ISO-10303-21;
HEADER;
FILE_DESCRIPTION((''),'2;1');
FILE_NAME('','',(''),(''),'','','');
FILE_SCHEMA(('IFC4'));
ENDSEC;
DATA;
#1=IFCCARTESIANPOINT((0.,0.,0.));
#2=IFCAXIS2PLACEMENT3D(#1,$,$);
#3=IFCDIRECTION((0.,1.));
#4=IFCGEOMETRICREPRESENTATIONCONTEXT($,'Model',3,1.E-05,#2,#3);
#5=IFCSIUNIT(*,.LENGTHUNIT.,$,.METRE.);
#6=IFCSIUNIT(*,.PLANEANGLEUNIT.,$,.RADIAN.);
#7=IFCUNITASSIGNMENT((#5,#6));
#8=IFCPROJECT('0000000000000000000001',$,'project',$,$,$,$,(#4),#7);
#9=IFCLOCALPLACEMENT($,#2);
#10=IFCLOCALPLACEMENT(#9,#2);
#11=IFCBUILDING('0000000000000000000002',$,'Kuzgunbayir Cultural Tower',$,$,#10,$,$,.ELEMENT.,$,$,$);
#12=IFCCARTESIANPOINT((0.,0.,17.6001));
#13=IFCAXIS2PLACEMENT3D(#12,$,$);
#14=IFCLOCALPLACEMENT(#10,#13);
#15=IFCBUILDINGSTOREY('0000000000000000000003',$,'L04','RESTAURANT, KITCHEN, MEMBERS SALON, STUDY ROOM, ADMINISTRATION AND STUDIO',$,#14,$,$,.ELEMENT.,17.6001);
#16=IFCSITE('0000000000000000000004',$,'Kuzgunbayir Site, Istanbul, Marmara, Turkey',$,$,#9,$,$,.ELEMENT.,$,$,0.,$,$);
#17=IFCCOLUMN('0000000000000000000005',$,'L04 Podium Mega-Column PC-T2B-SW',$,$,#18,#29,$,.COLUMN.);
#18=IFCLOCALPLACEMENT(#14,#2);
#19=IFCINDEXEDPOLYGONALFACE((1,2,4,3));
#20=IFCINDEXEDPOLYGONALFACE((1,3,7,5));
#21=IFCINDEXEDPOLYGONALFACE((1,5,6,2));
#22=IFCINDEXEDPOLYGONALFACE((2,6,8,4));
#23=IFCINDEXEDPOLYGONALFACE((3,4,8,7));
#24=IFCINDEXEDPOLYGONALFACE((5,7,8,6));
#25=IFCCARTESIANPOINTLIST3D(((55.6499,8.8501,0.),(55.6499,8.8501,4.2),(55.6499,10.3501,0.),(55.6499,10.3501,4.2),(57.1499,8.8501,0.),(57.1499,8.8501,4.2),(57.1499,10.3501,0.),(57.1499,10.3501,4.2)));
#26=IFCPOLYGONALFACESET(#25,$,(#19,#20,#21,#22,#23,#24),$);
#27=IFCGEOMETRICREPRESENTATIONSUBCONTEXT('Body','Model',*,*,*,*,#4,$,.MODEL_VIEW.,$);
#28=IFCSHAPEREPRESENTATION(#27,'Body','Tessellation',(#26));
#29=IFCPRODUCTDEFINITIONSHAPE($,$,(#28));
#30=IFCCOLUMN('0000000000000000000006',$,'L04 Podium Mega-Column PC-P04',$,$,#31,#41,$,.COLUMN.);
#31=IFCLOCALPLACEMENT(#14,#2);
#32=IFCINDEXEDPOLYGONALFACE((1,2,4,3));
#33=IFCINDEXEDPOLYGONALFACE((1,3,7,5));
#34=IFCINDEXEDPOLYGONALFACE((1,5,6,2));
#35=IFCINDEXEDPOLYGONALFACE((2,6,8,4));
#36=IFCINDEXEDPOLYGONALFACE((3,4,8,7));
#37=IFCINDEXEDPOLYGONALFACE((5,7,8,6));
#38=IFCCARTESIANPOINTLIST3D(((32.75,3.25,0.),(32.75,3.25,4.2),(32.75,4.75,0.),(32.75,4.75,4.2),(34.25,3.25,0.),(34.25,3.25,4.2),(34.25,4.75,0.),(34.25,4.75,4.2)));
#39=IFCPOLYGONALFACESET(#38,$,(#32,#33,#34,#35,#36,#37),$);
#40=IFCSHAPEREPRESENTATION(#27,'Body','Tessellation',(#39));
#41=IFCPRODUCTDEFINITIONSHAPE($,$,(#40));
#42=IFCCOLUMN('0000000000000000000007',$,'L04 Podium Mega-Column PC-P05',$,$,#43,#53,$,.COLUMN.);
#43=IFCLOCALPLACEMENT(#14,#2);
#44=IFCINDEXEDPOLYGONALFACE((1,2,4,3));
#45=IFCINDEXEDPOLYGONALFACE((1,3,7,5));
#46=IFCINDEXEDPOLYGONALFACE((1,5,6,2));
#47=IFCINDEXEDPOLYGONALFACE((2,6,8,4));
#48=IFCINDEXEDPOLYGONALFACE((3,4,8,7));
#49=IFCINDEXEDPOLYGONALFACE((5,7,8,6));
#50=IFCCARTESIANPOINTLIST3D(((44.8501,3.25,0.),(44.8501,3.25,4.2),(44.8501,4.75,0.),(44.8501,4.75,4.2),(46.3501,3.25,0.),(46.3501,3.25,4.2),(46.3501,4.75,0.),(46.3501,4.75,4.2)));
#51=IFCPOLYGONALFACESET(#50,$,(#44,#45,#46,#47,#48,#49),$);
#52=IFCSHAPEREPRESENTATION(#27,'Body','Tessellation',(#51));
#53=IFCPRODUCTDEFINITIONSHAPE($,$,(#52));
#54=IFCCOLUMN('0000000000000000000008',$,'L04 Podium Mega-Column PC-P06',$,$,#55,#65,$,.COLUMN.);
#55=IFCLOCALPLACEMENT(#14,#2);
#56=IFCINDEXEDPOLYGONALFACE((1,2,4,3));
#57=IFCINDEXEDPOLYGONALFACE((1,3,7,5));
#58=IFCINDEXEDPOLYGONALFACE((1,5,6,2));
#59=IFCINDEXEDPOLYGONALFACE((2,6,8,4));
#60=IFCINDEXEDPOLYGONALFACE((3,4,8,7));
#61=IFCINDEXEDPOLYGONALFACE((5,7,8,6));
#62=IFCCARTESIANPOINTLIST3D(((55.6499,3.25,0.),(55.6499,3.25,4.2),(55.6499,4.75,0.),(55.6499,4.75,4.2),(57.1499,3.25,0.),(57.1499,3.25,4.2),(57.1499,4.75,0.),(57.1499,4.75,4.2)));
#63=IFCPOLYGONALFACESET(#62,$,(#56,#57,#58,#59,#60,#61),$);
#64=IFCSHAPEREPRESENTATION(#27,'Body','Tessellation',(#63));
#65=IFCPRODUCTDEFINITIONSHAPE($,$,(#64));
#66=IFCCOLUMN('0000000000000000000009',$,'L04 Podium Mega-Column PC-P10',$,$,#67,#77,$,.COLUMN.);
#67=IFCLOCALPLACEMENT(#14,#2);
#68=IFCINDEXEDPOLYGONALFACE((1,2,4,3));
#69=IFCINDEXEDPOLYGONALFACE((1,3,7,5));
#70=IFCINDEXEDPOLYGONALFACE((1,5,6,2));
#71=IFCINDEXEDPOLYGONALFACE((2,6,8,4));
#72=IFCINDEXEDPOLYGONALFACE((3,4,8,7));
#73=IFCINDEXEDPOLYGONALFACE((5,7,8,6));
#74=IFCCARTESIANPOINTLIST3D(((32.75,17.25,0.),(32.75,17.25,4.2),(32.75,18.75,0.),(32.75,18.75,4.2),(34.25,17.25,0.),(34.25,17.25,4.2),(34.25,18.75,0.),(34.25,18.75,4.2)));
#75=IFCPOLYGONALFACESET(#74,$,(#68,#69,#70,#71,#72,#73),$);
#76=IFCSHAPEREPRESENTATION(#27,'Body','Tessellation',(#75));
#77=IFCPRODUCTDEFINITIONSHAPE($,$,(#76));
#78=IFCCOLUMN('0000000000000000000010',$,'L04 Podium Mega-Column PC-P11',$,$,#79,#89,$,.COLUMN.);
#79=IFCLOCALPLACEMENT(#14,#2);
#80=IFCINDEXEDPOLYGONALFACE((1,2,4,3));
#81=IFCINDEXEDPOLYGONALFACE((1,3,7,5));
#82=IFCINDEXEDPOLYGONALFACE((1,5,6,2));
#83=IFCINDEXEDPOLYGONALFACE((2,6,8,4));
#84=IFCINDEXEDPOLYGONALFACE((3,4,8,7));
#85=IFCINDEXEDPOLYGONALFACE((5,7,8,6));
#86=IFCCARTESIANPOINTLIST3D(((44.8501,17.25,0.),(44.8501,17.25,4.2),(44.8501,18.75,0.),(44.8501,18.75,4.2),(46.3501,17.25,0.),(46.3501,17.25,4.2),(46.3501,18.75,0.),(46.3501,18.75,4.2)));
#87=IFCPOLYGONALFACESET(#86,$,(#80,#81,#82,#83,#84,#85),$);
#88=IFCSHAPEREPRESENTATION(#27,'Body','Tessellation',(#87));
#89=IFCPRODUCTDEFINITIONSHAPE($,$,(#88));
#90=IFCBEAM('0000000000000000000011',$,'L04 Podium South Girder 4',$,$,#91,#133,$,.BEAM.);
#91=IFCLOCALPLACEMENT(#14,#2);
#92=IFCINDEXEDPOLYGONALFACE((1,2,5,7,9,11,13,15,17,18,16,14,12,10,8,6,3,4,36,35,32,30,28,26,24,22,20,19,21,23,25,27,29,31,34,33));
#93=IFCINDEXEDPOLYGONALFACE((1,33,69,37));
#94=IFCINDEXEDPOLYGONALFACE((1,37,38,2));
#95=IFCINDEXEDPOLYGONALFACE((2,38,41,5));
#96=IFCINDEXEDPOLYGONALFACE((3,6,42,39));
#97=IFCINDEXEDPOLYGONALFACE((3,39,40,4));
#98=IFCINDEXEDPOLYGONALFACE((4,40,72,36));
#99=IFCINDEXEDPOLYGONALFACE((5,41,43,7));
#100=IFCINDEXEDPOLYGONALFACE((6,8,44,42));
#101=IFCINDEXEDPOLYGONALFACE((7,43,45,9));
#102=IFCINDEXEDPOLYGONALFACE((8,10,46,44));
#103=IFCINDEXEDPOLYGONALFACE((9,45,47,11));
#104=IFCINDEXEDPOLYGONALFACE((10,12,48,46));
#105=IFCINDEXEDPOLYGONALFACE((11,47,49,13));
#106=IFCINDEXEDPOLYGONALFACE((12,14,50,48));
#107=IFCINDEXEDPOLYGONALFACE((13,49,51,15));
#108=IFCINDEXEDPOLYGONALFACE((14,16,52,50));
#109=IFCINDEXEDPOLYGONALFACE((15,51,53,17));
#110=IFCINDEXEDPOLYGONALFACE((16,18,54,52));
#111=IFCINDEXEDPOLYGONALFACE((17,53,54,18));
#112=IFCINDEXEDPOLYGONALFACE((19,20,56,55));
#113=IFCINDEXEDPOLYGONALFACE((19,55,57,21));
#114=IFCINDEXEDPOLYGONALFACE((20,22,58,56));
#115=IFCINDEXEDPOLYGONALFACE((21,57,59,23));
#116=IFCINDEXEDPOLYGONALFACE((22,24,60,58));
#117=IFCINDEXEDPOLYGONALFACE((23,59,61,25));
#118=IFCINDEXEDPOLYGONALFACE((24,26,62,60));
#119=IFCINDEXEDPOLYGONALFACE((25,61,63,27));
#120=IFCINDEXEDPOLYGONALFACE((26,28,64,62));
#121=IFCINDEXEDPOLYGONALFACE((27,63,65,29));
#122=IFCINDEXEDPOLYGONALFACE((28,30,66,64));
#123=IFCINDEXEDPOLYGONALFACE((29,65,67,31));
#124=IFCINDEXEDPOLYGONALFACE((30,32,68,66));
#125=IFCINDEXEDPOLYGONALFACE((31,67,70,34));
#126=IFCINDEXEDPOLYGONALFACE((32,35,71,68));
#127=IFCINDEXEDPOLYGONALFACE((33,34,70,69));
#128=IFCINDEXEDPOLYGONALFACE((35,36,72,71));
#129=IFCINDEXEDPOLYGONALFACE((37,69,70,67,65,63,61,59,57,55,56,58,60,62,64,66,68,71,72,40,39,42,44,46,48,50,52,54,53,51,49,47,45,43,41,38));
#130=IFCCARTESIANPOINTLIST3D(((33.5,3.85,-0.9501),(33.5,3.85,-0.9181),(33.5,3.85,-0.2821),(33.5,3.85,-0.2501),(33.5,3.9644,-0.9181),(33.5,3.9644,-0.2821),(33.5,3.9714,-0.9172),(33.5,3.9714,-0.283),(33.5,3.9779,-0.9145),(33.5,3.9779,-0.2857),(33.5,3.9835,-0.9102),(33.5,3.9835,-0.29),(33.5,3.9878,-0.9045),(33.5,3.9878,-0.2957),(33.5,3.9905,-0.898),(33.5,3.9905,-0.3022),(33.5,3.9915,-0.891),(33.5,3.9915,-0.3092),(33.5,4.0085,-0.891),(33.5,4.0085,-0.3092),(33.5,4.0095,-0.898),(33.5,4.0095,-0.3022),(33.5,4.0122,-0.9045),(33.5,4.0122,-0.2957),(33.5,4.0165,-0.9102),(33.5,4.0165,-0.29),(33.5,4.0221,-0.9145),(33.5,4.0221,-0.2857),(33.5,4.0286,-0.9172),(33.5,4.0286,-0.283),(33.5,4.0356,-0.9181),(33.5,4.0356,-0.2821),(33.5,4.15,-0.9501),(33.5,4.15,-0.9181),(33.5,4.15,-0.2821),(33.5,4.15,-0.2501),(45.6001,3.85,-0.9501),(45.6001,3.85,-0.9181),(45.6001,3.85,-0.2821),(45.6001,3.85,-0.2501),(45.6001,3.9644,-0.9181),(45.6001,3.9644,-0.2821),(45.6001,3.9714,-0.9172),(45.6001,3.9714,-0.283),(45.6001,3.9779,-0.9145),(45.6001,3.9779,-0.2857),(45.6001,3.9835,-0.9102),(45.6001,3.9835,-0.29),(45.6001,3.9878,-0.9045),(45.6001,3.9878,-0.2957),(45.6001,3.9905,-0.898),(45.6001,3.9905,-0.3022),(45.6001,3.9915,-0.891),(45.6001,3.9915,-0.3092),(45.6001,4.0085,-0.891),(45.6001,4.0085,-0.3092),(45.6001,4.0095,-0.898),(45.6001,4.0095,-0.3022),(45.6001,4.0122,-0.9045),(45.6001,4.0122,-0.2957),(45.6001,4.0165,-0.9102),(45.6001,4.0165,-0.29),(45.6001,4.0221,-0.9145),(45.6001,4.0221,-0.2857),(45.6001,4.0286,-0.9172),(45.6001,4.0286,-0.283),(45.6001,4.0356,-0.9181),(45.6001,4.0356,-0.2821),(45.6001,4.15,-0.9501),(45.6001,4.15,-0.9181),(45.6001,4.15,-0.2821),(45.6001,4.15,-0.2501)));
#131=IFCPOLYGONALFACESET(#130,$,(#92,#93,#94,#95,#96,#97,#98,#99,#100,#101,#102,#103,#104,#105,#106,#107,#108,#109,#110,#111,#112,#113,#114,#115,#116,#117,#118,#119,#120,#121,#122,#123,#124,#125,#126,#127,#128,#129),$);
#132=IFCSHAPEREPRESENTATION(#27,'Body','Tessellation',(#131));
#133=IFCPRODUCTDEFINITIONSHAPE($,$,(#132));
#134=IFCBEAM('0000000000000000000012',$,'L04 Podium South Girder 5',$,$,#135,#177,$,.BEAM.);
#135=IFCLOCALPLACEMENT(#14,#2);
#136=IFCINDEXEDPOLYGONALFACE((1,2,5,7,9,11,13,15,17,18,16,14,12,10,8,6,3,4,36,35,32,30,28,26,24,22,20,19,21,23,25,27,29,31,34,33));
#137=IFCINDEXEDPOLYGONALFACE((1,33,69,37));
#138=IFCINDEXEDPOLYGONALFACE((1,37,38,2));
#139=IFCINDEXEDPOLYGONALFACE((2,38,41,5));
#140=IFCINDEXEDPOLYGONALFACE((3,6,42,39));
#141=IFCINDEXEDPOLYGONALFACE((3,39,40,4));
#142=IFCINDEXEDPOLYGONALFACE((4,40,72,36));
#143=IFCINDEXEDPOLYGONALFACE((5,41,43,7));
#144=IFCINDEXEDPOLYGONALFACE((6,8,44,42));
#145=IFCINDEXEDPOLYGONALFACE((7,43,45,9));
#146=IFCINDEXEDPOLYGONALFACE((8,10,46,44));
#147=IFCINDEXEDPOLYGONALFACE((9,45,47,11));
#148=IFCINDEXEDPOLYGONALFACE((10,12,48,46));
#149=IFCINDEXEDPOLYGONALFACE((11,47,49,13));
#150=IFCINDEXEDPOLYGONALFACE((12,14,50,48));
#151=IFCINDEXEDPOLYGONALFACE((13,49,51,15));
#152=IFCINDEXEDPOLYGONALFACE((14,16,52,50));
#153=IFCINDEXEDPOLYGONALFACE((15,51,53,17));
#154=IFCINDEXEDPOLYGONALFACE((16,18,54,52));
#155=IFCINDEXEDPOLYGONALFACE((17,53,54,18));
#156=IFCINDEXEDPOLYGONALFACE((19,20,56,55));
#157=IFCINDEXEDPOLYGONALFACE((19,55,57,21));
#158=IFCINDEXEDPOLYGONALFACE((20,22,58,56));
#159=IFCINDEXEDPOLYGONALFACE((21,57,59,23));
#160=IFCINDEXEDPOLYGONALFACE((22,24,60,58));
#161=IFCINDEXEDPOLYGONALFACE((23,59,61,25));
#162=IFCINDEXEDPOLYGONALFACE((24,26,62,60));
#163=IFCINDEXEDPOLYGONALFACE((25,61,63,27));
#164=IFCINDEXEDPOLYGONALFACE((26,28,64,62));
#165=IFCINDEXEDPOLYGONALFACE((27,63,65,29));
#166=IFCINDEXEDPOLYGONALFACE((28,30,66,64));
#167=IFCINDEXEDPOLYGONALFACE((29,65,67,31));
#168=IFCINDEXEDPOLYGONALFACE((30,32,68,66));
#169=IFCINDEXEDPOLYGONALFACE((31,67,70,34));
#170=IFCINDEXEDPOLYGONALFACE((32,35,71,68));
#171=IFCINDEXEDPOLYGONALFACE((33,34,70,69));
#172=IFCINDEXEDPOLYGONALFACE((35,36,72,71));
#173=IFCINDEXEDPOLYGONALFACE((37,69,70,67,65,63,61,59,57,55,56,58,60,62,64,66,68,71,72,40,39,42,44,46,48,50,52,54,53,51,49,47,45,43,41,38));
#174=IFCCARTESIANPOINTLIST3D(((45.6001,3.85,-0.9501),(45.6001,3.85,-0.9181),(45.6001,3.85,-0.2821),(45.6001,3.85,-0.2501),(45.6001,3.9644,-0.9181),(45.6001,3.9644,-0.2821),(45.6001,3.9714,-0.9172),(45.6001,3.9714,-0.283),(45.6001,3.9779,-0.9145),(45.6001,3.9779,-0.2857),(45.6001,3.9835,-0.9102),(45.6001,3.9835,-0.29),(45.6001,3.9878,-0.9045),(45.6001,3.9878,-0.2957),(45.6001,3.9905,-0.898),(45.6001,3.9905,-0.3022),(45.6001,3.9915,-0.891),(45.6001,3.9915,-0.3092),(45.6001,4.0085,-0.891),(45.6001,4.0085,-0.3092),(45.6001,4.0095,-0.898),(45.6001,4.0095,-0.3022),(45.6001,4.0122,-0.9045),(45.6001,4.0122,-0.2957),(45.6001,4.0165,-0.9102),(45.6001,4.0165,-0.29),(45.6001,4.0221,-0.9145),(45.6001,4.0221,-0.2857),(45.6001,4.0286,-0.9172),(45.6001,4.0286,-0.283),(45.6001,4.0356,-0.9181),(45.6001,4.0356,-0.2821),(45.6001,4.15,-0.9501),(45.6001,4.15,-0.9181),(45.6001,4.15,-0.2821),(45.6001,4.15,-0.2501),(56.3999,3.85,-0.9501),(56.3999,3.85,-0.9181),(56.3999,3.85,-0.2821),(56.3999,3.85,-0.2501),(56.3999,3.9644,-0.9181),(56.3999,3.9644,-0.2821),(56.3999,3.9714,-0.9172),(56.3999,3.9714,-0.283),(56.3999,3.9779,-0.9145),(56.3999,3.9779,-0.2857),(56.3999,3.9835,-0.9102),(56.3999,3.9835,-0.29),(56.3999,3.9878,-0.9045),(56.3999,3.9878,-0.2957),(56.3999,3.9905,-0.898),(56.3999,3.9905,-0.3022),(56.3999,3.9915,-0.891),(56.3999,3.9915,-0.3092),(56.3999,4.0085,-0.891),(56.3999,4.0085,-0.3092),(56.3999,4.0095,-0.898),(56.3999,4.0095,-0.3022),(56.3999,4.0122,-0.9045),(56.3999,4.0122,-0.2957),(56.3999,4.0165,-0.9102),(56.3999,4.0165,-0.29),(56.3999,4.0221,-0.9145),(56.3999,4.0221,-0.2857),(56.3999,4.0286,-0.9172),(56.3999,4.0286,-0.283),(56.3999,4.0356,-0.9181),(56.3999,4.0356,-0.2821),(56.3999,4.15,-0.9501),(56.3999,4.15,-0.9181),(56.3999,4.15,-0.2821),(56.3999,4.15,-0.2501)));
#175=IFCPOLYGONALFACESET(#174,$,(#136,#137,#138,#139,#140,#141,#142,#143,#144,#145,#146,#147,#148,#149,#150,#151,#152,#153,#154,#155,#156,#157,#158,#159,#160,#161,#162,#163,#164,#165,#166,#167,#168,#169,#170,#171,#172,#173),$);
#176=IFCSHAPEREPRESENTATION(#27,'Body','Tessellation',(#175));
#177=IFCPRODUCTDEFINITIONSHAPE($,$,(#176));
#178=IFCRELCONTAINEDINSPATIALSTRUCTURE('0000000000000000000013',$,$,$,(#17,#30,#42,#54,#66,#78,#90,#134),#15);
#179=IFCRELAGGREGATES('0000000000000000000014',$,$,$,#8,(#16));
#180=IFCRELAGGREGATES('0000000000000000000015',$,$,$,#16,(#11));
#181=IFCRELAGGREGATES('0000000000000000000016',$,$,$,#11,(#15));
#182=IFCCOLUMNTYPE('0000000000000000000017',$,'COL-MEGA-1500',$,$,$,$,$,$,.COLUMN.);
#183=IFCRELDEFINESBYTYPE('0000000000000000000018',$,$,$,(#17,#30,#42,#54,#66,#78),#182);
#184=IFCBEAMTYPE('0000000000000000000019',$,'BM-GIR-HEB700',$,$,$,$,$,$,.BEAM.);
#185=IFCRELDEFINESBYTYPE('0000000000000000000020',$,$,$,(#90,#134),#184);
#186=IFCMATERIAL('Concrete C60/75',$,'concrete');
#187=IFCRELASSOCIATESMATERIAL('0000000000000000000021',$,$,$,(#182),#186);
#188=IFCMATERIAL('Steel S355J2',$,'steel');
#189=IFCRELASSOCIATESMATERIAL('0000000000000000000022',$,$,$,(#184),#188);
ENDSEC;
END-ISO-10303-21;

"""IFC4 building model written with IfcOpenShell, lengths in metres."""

from ifc_helpers import new_model, si_unit, direction, frame, origin, origin_2d, place, context, subcontext, project, spatial, rectangle, i_section, extrude, material, material_profile, profile_set, type_object, element, save


model = new_model("IFC4")

# Units and contexts
model_context = context("Model", 3, precision=1e-05, world=origin(), true_north=direction((0.0, 1.0)))
body_context = subcontext(model_context, "Body", "Model", "MODEL_VIEW")
ifc_project = project(units=[si_unit("LENGTHUNIT", "METRE"), si_unit("PLANEANGLEUNIT", "RADIAN")], contexts=[model_context])

# Site, building, storey
site_placement = place(None, origin())
site = spatial("IfcSite", under=ifc_project, at=site_placement, Name="Kuzgunbayir Site, Istanbul, Marmara, Turkey", CompositionType="ELEMENT", RefElevation=0.0)
building_placement = place(site_placement, origin())
building = spatial("IfcBuilding", under=site, at=building_placement, Name="Kuzgunbayir Cultural Tower", CompositionType="ELEMENT")
storey_placement = place(building_placement, frame((0.0, 0.0, 17.6001)))
storey = spatial("IfcBuildingStorey", under=building, at=storey_placement, Name="L04", Description="RESTAURANT, KITCHEN, MEMBERS SALON, STUDY ROOM, ADMINISTRATION AND STUDIO", CompositionType="ELEMENT", Elevation=17.6001)

# Columns
ifc_material_1 = material(Name="Concrete C60/75", Category="concrete")
ifc_material_profile_1 = material_profile(ifc_material_1, rectangle(XDim=1.5, YDim=1.5, at=origin_2d()), Name="RC 1500x1500")
ifc_profile_set_1 = profile_set([ifc_material_profile_1], Name="Concrete C60/75")
column_type = type_object("IfcColumnType", Name="COL-MEGA-1500", PredefinedType="COLUMN", material=ifc_profile_set_1)
for number, where, z_axis, x_axis, name in (
    (1, (56.3999, 9.6001, 0.0), (0.0, 0.0, 1.0), (1.0, 0.0, 0.0), "L04 Podium Mega-Column PC-T2B-SW"),
    (2, (33.5, 4.0, 0.0), (0.0, 0.0, 1.0), (1.0, 0.0, 0.0), "L04 Podium Mega-Column PC-P04"),
    (3, (45.6001, 4.0, 0.0), (0.0, 0.0, 1.0), (1.0, 0.0, 0.0), "L04 Podium Mega-Column PC-P05"),
    (4, (56.3999, 4.0, 0.0), (0.0, 0.0, 1.0), (1.0, 0.0, 0.0), "L04 Podium Mega-Column PC-P06"),
    (5, (33.5, 18.0, 0.0), (0.0, 0.0, 1.0), (1.0, 0.0, 0.0), "L04 Podium Mega-Column PC-P10"),
    (6, (45.6001, 18.0, 0.0), (0.0, 0.0, 1.0), (1.0, 0.0, 0.0), "L04 Podium Mega-Column PC-P11"),
):
    element("IfcColumn", number, at=place(storey_placement, frame(where, z_axis=z_axis, x_axis=x_axis)), inside=storey, type_object=column_type, Name=name, PredefinedType="COLUMN", context=body_context, shape_type="SweptSolid", body=[
        extrude(rectangle(XDim=1.5, YDim=1.5, at=origin_2d()), origin(), (0.0, 0.0, 1.0), 4.2),
    ])

# Beams
ifc_material_2 = material(Name="Steel S355J2", Category="steel")
ifc_material_profile_2 = material_profile(ifc_material_2, i_section(OverallWidth=0.3, OverallDepth=0.7, WebThickness=0.0171, FlangeThickness=0.032, FilletRadius=0.0271, at=origin_2d()), Name="HEB 700")
ifc_profile_set_2 = profile_set([ifc_material_profile_2], Name="Steel S355J2")
beam_type = type_object("IfcBeamType", Name="BM-GIR-HEB700", PredefinedType="BEAM", material=ifc_profile_set_2)
beam_1_placement = place(storey_placement, frame((33.5, 4.0, -0.6001), z_axis=(1.0, 0.0, 0.0), x_axis=(0.0, 1.0, 0.0)))
element("IfcBeam", 7, at=beam_1_placement, inside=storey, type_object=beam_type, Name="L04 Podium South Girder 4", PredefinedType="BEAM", context=body_context, shape_type="SweptSolid", body=[
    extrude(i_section(OverallWidth=0.3, OverallDepth=0.7, WebThickness=0.0171, FlangeThickness=0.032, FilletRadius=0.0271, at=origin_2d()), origin(), (0.0, 0.0, 1.0), 12.1001),
])
beam_2_placement = place(storey_placement, frame((45.6001, 4.0, -0.6001), z_axis=(1.0, 0.0, 0.0), x_axis=(0.0, 1.0, 0.0)))
element("IfcBeam", 8, at=beam_2_placement, inside=storey, type_object=beam_type, Name="L04 Podium South Girder 5", PredefinedType="BEAM", context=body_context, shape_type="SweptSolid", body=[
    extrude(i_section(OverallWidth=0.3, OverallDepth=0.7, WebThickness=0.0171, FlangeThickness=0.032, FilletRadius=0.0271, at=origin_2d()), origin(), (0.0, 0.0, 1.0), 10.7998),
])

save(model, "model.ifc")
